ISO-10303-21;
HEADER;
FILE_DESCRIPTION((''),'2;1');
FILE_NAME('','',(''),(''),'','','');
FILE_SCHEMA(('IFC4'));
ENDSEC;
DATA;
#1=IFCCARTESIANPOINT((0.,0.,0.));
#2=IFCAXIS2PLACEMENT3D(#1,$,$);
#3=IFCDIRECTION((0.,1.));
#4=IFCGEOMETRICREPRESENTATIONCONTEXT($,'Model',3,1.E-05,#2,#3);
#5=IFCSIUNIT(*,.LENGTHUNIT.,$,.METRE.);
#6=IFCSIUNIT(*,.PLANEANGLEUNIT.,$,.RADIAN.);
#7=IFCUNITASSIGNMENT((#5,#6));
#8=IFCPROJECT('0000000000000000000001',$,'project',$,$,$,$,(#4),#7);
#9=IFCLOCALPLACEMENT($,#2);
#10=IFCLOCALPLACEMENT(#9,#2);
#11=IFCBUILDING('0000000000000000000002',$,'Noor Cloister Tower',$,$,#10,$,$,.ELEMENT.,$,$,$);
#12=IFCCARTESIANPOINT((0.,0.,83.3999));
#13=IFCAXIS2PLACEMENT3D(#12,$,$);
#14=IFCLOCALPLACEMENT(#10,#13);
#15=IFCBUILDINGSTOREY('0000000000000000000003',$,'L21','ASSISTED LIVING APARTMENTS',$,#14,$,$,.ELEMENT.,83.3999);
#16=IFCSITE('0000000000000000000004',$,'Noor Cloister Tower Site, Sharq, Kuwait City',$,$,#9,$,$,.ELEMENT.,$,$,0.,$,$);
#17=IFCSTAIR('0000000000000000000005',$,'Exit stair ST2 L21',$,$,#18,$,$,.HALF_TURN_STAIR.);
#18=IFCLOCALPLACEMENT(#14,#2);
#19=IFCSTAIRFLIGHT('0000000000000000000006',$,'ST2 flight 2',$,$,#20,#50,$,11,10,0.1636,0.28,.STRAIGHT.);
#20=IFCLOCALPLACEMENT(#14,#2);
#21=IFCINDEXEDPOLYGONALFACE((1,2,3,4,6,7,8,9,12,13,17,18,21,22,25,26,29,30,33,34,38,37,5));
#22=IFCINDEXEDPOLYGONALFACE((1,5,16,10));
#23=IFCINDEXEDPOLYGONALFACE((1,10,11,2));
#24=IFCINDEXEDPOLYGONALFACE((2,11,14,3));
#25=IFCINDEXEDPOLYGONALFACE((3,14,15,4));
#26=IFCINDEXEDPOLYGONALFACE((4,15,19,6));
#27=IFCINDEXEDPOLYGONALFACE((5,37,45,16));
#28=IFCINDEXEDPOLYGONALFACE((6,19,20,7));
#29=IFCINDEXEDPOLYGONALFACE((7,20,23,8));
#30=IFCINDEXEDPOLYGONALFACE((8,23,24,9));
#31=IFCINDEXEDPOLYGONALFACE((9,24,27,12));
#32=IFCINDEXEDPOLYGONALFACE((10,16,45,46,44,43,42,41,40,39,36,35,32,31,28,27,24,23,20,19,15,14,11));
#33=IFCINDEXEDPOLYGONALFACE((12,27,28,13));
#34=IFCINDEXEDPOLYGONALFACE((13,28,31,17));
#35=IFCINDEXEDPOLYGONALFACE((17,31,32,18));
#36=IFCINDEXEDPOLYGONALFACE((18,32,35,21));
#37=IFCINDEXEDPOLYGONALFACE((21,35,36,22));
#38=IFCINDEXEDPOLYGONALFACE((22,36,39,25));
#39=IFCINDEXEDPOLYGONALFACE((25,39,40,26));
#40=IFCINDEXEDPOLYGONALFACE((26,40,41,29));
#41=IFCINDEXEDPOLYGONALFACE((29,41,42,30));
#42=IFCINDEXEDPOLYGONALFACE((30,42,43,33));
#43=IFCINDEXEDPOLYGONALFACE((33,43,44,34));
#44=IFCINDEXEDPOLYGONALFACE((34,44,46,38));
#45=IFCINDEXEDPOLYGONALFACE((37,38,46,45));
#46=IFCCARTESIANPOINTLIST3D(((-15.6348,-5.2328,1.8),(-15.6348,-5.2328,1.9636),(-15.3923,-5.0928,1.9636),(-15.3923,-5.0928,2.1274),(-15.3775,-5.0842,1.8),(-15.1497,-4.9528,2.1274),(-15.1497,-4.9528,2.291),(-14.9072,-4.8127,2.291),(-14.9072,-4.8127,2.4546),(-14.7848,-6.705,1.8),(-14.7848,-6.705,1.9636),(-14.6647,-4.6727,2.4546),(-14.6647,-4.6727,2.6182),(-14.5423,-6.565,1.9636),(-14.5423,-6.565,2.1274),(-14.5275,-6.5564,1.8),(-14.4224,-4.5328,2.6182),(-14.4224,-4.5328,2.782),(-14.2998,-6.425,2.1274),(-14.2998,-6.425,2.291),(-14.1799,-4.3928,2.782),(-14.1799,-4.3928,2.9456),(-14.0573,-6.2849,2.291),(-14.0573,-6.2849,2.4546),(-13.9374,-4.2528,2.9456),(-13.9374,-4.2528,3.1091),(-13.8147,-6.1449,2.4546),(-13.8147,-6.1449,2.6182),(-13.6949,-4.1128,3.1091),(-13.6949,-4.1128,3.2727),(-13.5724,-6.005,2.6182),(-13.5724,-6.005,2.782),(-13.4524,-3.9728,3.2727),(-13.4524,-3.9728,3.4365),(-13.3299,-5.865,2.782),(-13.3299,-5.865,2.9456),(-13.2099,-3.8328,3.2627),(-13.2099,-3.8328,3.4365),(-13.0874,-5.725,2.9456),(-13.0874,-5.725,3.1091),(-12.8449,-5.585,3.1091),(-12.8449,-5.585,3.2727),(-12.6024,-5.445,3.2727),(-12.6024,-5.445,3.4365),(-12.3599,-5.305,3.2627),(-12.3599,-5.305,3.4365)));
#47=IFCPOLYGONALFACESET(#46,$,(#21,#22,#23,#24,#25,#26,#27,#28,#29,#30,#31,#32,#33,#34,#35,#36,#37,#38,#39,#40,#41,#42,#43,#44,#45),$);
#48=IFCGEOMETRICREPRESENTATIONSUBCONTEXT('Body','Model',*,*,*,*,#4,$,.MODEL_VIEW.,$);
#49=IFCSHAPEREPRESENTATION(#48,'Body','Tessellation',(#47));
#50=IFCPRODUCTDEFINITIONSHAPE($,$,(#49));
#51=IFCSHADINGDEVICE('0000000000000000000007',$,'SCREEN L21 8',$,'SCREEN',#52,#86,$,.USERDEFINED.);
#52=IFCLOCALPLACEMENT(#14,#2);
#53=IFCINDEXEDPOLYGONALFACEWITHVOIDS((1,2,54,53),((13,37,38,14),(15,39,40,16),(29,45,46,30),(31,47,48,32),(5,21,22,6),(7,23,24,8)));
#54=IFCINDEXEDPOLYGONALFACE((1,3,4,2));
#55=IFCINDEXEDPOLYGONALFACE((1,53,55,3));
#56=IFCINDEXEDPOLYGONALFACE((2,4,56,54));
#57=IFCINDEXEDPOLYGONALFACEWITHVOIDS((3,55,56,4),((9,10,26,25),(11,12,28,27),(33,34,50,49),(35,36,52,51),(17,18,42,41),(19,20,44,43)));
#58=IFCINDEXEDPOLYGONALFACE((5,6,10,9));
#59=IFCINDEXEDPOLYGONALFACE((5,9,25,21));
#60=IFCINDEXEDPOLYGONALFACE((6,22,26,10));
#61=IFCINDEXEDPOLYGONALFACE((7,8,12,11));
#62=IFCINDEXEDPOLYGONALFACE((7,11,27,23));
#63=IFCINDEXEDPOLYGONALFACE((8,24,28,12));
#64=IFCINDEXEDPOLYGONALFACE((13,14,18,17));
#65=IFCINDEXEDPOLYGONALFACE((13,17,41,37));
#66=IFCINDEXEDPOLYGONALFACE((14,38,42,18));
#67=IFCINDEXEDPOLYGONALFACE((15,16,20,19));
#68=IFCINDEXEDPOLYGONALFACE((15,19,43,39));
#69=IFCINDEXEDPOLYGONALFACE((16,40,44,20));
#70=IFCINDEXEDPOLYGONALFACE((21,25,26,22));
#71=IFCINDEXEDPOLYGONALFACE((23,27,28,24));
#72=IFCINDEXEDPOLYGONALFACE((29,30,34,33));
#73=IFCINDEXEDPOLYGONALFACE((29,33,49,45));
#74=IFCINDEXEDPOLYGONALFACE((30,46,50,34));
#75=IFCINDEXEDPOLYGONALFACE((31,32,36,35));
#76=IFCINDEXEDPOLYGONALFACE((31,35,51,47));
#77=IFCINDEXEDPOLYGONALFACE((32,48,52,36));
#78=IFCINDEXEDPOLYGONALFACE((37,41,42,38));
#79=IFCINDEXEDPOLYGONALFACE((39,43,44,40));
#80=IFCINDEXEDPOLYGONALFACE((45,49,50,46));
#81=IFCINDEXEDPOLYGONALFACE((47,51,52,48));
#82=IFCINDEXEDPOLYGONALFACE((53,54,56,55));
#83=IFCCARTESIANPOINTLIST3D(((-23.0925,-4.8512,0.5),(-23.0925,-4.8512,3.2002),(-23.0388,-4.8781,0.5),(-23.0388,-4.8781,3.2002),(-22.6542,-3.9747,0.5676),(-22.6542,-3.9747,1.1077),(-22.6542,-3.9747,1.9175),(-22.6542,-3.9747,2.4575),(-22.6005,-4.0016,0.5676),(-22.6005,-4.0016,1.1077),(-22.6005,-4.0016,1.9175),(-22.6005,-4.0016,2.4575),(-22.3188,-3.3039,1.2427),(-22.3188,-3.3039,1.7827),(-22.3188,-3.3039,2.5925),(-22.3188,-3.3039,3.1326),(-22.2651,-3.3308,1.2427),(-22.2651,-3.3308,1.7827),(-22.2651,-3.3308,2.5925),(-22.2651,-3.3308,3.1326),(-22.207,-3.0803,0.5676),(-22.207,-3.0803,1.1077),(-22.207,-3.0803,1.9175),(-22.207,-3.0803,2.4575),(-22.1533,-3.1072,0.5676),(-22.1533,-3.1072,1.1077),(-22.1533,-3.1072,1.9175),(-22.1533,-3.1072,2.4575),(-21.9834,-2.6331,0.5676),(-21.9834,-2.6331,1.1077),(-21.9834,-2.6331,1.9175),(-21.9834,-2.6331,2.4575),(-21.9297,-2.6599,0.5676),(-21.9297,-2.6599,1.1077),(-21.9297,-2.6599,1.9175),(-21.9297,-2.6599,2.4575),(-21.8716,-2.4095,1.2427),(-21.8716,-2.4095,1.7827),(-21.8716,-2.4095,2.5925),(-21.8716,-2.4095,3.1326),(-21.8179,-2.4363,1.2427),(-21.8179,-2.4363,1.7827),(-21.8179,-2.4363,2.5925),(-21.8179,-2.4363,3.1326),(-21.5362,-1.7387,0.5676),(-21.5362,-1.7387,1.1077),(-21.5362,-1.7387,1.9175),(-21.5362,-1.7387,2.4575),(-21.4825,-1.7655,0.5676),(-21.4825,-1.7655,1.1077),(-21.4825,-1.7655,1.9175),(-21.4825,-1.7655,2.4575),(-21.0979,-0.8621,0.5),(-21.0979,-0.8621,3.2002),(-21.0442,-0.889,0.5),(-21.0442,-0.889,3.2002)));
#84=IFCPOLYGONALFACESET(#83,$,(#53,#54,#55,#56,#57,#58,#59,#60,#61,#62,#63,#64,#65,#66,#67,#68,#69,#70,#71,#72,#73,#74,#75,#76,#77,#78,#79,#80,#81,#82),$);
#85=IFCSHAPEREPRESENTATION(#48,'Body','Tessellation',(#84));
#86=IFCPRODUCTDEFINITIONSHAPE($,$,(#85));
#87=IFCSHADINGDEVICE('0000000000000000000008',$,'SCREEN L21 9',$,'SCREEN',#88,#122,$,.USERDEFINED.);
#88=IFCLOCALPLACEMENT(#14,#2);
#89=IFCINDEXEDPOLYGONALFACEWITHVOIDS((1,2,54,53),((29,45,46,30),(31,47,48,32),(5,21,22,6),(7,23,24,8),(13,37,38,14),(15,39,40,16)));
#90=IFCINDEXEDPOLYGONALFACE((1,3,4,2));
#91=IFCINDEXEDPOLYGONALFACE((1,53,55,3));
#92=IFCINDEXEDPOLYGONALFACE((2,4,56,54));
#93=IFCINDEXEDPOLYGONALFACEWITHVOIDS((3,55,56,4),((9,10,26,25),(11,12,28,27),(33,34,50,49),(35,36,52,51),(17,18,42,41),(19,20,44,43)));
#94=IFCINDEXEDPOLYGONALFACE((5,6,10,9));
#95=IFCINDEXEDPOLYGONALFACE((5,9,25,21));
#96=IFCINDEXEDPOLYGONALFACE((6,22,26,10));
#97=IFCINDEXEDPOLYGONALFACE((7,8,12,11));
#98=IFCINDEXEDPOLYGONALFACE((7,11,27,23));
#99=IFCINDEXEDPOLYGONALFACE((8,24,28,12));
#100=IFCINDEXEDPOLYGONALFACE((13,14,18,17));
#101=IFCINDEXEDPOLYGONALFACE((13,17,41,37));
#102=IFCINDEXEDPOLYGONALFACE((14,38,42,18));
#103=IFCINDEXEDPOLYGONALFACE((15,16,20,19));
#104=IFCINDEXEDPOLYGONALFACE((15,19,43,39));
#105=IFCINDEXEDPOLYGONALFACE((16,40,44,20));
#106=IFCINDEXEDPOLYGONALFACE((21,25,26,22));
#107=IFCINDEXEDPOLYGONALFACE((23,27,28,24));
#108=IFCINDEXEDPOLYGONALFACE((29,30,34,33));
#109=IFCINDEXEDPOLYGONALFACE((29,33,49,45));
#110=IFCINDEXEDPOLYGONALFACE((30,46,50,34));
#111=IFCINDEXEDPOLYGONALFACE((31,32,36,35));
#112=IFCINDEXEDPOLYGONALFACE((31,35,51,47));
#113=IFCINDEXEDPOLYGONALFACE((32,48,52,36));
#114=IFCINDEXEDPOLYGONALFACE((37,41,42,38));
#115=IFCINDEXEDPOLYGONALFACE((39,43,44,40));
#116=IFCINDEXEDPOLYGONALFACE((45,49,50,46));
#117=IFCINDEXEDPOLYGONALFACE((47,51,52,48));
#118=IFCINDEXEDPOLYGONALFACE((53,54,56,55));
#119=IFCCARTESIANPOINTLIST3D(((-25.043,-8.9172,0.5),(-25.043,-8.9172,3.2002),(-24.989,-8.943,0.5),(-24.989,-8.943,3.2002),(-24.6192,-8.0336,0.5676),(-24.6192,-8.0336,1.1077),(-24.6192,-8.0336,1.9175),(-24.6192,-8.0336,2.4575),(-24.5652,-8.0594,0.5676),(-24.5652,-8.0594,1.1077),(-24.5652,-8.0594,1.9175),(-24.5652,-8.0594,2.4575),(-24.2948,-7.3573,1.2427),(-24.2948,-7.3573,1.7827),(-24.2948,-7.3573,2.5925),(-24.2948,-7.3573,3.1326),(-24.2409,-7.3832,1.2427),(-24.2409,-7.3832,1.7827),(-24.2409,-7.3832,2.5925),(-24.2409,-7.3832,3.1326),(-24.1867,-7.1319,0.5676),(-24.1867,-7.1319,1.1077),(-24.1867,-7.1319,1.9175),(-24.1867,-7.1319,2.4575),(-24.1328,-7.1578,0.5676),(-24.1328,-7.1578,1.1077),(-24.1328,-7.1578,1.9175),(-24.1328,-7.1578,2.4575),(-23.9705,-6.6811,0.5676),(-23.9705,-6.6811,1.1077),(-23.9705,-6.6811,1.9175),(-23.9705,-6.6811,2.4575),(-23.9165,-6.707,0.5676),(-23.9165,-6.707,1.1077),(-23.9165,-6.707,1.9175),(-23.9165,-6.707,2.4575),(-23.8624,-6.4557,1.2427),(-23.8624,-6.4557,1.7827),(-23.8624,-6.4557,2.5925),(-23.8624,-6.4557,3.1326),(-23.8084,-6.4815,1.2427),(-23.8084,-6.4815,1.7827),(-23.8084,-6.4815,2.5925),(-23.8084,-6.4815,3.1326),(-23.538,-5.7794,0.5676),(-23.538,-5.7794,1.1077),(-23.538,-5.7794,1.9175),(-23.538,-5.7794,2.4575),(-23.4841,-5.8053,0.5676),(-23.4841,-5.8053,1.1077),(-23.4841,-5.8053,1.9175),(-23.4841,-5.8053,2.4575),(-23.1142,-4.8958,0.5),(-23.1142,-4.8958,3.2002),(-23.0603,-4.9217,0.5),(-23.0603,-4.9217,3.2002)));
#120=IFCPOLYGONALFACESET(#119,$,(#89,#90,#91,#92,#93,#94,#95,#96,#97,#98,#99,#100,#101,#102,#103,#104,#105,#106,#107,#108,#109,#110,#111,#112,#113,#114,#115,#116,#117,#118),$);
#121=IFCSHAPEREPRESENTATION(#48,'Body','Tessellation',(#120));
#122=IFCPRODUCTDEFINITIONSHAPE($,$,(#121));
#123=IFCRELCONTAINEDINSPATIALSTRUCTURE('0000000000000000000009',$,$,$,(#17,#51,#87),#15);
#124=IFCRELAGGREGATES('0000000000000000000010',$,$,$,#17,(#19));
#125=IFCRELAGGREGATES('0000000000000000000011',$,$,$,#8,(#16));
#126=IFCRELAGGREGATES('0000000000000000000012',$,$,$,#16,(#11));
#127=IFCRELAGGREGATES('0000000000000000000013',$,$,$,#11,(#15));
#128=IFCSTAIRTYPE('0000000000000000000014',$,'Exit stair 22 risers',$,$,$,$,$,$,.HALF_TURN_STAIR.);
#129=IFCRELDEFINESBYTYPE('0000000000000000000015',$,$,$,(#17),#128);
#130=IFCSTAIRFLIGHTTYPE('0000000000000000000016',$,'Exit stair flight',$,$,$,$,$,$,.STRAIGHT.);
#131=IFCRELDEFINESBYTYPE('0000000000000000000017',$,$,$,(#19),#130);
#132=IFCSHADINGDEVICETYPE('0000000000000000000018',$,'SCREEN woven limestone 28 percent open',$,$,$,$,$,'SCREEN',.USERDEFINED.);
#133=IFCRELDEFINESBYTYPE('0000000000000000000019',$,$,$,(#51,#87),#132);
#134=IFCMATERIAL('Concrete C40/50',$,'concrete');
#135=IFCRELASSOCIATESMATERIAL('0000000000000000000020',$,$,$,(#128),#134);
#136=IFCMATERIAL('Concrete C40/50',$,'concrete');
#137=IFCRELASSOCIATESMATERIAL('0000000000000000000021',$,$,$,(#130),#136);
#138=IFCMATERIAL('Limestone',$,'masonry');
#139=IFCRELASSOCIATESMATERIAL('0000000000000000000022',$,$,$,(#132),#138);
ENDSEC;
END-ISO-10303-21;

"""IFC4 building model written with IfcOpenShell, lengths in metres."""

from ifc_helpers import new_model, si_unit, direction, frame, origin, place, context, subcontext, project, spatial, polyline, outline, extrude, material, material_profile, profile_set, type_object, element, aggregate, save


model = new_model("IFC4")

# Units and contexts
model_context = context("Model", 3, precision=1e-05, world=origin(), true_north=direction((0.0, 1.0)))
body_context = subcontext(model_context, "Body", "Model", "MODEL_VIEW")
ifc_project = project(units=[si_unit("LENGTHUNIT", "METRE"), si_unit("PLANEANGLEUNIT", "RADIAN")], contexts=[model_context])

# Site, building, storey
site_placement = place(None, origin())
site = spatial("IfcSite", under=ifc_project, at=site_placement, Name="Noor Cloister Tower Site, Sharq, Kuwait City", CompositionType="ELEMENT", RefElevation=0.0)
building_placement = place(site_placement, origin())
building = spatial("IfcBuilding", under=site, at=building_placement, Name="Noor Cloister Tower", CompositionType="ELEMENT")
storey_placement = place(building_placement, frame((0.0, 0.0, 83.3999)))
storey = spatial("IfcBuildingStorey", under=building, at=storey_placement, Name="L21", Description="ASSISTED LIVING APARTMENTS", CompositionType="ELEMENT", Elevation=83.3999)

# Stair, stair flight
ifc_material_1 = material(Name="Concrete C40/50", Category="concrete")
stair_type = type_object("IfcStairType", Name="Exit stair 22 risers", PredefinedType="HALF_TURN_STAIR", material=ifc_material_1)
stair_placement = place(storey_placement, origin())
stair = element("IfcStair", 1, at=stair_placement, inside=storey, type_object=stair_type, Name="Exit stair ST2 L21", PredefinedType="HALF_TURN_STAIR")
ifc_material_2 = material(Name="Concrete C40/50", Category="concrete")
stair_flight_type = type_object("IfcStairFlightType", Name="Exit stair flight", PredefinedType="STRAIGHT", material=ifc_material_2)
stair_flight_1_placement = place(storey_placement, frame((-15.2097, -5.969, 1.8), z_axis=(0.0, 0.0, 1.0), x_axis=(0.866025, 0.5, 0.0)))
stair_flight_1 = element("IfcStairFlight", 2, at=stair_flight_1_placement, type_object=stair_flight_type, Name="ST2 flight 2", NumberOfRisers=11, NumberOfTreads=10, PredefinedType="STRAIGHT", RiserHeight=0.1636, TreadLength=0.28, context=body_context, shape_type="SweptSolid", body=[
    extrude(outline(polyline([(0.0, 0.0), (0.0, 0.1636), (0.28, 0.1636), (0.28, 0.3274), (0.5601, 0.3274), (0.5601, 0.491), (0.8401, 0.491), (0.8401, 0.6545), (1.1201, 0.6545), (1.1201, 0.8181), (1.3999, 0.8181), (1.3999, 0.9819), (1.6799, 0.9819), (1.6799, 1.1455), (1.96, 1.1455), (1.96, 1.3091), (2.24, 1.3091), (2.24, 1.4727), (2.52, 1.4727), (2.52, 1.6365), (2.8, 1.6365), (2.8, 1.8), (2.8, 1.4626), (0.2971, 0.0), (0.0, 0.0)])), frame((0.0, 0.8501, 0.0), z_axis=(0.0, -1.0, 0.0), x_axis=(1.0, 0.0, 0.0)), (0.0, 0.0, 1.0), 1.7),
])
aggregate(stair, [stair_flight_1])

# Shading devices
ifc_material_3 = material(Name="Limestone", Category="masonry")
ifc_material_profile_1 = material_profile(ifc_material_3, outline(polyline([(-2.23, -1.3501), (2.23, -1.3501), (2.23, 1.3501), (-2.23, 1.3501), (-2.23, -1.3501)]), holes=[polyline([(-1.25, -1.2825), (-0.25, -1.2825), (-0.25, -0.7424), (-1.25, -0.7424), (-1.25, -1.2825)]), polyline([(0.25, -1.2825), (1.25, -1.2825), (1.25, -0.7424), (0.25, -0.7424), (0.25, -1.2825)]), polyline([(-0.5, -0.6074), (0.5, -0.6074), (0.5, -0.0674), (-0.5, -0.0674), (-0.5, -0.6074)]), polyline([(-1.25, 0.0674), (-0.25, 0.0674), (-0.25, 0.6074), (-1.25, 0.6074), (-1.25, 0.0674)]), polyline([(0.25, 0.0674), (1.25, 0.0674), (1.25, 0.6074), (0.25, 0.6074), (0.25, 0.0674)]), polyline([(-0.5, 0.7424), (0.5, 0.7424), (0.5, 1.2825), (-0.5, 1.2825), (-0.5, 0.7424)])]), Name="Woven screen 28 percent open")
ifc_profile_set_1 = profile_set([ifc_material_profile_1], Name="Limestone")
shading_device_type = type_object("IfcShadingDeviceType", Name="SCREEN woven limestone 28 percent open", ElementType="SCREEN", PredefinedType="USERDEFINED", material=ifc_profile_set_1)
shading_device_1_placement = place(storey_placement, frame((-22.0415, -2.8835, 1.8501), z_axis=(-0.894427, 0.447214, 0.0), x_axis=(-0.447214, -0.894427, 0.0)))
element("IfcShadingDevice", 3, at=shading_device_1_placement, inside=storey, type_object=shading_device_type, Name="SCREEN L21 8", ObjectType="SCREEN", PredefinedType="USERDEFINED", context=body_context, shape_type="SweptSolid", body=[
    extrude(outline(polyline([(-2.23, -1.3501), (2.23, -1.3501), (2.23, 1.3501), (-2.23, 1.3501), (-2.23, -1.3501)]), holes=[polyline([(-1.25, -1.2825), (-0.25, -1.2825), (-0.25, -0.7424), (-1.25, -0.7424), (-1.25, -1.2825)]), polyline([(0.25, -1.2825), (1.25, -1.2825), (1.25, -0.7424), (0.25, -0.7424), (0.25, -1.2825)]), polyline([(-0.5, -0.6074), (0.5, -0.6074), (0.5, -0.0674), (-0.5, -0.0674), (-0.5, -0.6074)]), polyline([(-1.25, 0.0674), (-0.25, 0.0674), (-0.25, 0.6074), (-1.25, 0.6074), (-1.25, 0.0674)]), polyline([(0.25, 0.0674), (1.25, 0.0674), (1.25, 0.6074), (0.25, 0.6074), (0.25, 0.0674)]), polyline([(-0.5, 0.7424), (0.5, 0.7424), (0.5, 1.2825), (-0.5, 1.2825), (-0.5, 0.7424)])]), origin(), (0.0, 0.0, 1.0), 0.0601),
])
shading_device_2_placement = place(storey_placement, frame((-24.0247, -6.9324, 1.8501), z_axis=(-0.90165, 0.432466, 0.0), x_axis=(-0.432466, -0.90165, 0.0)))
element("IfcShadingDevice", 4, at=shading_device_2_placement, inside=storey, type_object=shading_device_type, Name="SCREEN L21 9", ObjectType="SCREEN", PredefinedType="USERDEFINED", context=body_context, shape_type="SweptSolid", body=[
    extrude(outline(polyline([(-2.23, -1.3501), (2.23, -1.3501), (2.23, 1.3501), (-2.23, 1.3501), (-2.23, -1.3501)]), holes=[polyline([(-1.25, -1.2825), (-0.25, -1.2825), (-0.25, -0.7424), (-1.25, -0.7424), (-1.25, -1.2825)]), polyline([(0.25, -1.2825), (1.25, -1.2825), (1.25, -0.7424), (0.25, -0.7424), (0.25, -1.2825)]), polyline([(-0.5, -0.6074), (0.5, -0.6074), (0.5, -0.0674), (-0.5, -0.0674), (-0.5, -0.6074)]), polyline([(-1.25, 0.0674), (-0.25, 0.0674), (-0.25, 0.6074), (-1.25, 0.6074), (-1.25, 0.0674)]), polyline([(0.25, 0.0674), (1.25, 0.0674), (1.25, 0.6074), (0.25, 0.6074), (0.25, 0.0674)]), polyline([(-0.5, 0.7424), (0.5, 0.7424), (0.5, 1.2825), (-0.5, 1.2825), (-0.5, 0.7424)])]), origin(), (0.0, 0.0, 1.0), 0.0598),
])

save(model, "model.ifc")
